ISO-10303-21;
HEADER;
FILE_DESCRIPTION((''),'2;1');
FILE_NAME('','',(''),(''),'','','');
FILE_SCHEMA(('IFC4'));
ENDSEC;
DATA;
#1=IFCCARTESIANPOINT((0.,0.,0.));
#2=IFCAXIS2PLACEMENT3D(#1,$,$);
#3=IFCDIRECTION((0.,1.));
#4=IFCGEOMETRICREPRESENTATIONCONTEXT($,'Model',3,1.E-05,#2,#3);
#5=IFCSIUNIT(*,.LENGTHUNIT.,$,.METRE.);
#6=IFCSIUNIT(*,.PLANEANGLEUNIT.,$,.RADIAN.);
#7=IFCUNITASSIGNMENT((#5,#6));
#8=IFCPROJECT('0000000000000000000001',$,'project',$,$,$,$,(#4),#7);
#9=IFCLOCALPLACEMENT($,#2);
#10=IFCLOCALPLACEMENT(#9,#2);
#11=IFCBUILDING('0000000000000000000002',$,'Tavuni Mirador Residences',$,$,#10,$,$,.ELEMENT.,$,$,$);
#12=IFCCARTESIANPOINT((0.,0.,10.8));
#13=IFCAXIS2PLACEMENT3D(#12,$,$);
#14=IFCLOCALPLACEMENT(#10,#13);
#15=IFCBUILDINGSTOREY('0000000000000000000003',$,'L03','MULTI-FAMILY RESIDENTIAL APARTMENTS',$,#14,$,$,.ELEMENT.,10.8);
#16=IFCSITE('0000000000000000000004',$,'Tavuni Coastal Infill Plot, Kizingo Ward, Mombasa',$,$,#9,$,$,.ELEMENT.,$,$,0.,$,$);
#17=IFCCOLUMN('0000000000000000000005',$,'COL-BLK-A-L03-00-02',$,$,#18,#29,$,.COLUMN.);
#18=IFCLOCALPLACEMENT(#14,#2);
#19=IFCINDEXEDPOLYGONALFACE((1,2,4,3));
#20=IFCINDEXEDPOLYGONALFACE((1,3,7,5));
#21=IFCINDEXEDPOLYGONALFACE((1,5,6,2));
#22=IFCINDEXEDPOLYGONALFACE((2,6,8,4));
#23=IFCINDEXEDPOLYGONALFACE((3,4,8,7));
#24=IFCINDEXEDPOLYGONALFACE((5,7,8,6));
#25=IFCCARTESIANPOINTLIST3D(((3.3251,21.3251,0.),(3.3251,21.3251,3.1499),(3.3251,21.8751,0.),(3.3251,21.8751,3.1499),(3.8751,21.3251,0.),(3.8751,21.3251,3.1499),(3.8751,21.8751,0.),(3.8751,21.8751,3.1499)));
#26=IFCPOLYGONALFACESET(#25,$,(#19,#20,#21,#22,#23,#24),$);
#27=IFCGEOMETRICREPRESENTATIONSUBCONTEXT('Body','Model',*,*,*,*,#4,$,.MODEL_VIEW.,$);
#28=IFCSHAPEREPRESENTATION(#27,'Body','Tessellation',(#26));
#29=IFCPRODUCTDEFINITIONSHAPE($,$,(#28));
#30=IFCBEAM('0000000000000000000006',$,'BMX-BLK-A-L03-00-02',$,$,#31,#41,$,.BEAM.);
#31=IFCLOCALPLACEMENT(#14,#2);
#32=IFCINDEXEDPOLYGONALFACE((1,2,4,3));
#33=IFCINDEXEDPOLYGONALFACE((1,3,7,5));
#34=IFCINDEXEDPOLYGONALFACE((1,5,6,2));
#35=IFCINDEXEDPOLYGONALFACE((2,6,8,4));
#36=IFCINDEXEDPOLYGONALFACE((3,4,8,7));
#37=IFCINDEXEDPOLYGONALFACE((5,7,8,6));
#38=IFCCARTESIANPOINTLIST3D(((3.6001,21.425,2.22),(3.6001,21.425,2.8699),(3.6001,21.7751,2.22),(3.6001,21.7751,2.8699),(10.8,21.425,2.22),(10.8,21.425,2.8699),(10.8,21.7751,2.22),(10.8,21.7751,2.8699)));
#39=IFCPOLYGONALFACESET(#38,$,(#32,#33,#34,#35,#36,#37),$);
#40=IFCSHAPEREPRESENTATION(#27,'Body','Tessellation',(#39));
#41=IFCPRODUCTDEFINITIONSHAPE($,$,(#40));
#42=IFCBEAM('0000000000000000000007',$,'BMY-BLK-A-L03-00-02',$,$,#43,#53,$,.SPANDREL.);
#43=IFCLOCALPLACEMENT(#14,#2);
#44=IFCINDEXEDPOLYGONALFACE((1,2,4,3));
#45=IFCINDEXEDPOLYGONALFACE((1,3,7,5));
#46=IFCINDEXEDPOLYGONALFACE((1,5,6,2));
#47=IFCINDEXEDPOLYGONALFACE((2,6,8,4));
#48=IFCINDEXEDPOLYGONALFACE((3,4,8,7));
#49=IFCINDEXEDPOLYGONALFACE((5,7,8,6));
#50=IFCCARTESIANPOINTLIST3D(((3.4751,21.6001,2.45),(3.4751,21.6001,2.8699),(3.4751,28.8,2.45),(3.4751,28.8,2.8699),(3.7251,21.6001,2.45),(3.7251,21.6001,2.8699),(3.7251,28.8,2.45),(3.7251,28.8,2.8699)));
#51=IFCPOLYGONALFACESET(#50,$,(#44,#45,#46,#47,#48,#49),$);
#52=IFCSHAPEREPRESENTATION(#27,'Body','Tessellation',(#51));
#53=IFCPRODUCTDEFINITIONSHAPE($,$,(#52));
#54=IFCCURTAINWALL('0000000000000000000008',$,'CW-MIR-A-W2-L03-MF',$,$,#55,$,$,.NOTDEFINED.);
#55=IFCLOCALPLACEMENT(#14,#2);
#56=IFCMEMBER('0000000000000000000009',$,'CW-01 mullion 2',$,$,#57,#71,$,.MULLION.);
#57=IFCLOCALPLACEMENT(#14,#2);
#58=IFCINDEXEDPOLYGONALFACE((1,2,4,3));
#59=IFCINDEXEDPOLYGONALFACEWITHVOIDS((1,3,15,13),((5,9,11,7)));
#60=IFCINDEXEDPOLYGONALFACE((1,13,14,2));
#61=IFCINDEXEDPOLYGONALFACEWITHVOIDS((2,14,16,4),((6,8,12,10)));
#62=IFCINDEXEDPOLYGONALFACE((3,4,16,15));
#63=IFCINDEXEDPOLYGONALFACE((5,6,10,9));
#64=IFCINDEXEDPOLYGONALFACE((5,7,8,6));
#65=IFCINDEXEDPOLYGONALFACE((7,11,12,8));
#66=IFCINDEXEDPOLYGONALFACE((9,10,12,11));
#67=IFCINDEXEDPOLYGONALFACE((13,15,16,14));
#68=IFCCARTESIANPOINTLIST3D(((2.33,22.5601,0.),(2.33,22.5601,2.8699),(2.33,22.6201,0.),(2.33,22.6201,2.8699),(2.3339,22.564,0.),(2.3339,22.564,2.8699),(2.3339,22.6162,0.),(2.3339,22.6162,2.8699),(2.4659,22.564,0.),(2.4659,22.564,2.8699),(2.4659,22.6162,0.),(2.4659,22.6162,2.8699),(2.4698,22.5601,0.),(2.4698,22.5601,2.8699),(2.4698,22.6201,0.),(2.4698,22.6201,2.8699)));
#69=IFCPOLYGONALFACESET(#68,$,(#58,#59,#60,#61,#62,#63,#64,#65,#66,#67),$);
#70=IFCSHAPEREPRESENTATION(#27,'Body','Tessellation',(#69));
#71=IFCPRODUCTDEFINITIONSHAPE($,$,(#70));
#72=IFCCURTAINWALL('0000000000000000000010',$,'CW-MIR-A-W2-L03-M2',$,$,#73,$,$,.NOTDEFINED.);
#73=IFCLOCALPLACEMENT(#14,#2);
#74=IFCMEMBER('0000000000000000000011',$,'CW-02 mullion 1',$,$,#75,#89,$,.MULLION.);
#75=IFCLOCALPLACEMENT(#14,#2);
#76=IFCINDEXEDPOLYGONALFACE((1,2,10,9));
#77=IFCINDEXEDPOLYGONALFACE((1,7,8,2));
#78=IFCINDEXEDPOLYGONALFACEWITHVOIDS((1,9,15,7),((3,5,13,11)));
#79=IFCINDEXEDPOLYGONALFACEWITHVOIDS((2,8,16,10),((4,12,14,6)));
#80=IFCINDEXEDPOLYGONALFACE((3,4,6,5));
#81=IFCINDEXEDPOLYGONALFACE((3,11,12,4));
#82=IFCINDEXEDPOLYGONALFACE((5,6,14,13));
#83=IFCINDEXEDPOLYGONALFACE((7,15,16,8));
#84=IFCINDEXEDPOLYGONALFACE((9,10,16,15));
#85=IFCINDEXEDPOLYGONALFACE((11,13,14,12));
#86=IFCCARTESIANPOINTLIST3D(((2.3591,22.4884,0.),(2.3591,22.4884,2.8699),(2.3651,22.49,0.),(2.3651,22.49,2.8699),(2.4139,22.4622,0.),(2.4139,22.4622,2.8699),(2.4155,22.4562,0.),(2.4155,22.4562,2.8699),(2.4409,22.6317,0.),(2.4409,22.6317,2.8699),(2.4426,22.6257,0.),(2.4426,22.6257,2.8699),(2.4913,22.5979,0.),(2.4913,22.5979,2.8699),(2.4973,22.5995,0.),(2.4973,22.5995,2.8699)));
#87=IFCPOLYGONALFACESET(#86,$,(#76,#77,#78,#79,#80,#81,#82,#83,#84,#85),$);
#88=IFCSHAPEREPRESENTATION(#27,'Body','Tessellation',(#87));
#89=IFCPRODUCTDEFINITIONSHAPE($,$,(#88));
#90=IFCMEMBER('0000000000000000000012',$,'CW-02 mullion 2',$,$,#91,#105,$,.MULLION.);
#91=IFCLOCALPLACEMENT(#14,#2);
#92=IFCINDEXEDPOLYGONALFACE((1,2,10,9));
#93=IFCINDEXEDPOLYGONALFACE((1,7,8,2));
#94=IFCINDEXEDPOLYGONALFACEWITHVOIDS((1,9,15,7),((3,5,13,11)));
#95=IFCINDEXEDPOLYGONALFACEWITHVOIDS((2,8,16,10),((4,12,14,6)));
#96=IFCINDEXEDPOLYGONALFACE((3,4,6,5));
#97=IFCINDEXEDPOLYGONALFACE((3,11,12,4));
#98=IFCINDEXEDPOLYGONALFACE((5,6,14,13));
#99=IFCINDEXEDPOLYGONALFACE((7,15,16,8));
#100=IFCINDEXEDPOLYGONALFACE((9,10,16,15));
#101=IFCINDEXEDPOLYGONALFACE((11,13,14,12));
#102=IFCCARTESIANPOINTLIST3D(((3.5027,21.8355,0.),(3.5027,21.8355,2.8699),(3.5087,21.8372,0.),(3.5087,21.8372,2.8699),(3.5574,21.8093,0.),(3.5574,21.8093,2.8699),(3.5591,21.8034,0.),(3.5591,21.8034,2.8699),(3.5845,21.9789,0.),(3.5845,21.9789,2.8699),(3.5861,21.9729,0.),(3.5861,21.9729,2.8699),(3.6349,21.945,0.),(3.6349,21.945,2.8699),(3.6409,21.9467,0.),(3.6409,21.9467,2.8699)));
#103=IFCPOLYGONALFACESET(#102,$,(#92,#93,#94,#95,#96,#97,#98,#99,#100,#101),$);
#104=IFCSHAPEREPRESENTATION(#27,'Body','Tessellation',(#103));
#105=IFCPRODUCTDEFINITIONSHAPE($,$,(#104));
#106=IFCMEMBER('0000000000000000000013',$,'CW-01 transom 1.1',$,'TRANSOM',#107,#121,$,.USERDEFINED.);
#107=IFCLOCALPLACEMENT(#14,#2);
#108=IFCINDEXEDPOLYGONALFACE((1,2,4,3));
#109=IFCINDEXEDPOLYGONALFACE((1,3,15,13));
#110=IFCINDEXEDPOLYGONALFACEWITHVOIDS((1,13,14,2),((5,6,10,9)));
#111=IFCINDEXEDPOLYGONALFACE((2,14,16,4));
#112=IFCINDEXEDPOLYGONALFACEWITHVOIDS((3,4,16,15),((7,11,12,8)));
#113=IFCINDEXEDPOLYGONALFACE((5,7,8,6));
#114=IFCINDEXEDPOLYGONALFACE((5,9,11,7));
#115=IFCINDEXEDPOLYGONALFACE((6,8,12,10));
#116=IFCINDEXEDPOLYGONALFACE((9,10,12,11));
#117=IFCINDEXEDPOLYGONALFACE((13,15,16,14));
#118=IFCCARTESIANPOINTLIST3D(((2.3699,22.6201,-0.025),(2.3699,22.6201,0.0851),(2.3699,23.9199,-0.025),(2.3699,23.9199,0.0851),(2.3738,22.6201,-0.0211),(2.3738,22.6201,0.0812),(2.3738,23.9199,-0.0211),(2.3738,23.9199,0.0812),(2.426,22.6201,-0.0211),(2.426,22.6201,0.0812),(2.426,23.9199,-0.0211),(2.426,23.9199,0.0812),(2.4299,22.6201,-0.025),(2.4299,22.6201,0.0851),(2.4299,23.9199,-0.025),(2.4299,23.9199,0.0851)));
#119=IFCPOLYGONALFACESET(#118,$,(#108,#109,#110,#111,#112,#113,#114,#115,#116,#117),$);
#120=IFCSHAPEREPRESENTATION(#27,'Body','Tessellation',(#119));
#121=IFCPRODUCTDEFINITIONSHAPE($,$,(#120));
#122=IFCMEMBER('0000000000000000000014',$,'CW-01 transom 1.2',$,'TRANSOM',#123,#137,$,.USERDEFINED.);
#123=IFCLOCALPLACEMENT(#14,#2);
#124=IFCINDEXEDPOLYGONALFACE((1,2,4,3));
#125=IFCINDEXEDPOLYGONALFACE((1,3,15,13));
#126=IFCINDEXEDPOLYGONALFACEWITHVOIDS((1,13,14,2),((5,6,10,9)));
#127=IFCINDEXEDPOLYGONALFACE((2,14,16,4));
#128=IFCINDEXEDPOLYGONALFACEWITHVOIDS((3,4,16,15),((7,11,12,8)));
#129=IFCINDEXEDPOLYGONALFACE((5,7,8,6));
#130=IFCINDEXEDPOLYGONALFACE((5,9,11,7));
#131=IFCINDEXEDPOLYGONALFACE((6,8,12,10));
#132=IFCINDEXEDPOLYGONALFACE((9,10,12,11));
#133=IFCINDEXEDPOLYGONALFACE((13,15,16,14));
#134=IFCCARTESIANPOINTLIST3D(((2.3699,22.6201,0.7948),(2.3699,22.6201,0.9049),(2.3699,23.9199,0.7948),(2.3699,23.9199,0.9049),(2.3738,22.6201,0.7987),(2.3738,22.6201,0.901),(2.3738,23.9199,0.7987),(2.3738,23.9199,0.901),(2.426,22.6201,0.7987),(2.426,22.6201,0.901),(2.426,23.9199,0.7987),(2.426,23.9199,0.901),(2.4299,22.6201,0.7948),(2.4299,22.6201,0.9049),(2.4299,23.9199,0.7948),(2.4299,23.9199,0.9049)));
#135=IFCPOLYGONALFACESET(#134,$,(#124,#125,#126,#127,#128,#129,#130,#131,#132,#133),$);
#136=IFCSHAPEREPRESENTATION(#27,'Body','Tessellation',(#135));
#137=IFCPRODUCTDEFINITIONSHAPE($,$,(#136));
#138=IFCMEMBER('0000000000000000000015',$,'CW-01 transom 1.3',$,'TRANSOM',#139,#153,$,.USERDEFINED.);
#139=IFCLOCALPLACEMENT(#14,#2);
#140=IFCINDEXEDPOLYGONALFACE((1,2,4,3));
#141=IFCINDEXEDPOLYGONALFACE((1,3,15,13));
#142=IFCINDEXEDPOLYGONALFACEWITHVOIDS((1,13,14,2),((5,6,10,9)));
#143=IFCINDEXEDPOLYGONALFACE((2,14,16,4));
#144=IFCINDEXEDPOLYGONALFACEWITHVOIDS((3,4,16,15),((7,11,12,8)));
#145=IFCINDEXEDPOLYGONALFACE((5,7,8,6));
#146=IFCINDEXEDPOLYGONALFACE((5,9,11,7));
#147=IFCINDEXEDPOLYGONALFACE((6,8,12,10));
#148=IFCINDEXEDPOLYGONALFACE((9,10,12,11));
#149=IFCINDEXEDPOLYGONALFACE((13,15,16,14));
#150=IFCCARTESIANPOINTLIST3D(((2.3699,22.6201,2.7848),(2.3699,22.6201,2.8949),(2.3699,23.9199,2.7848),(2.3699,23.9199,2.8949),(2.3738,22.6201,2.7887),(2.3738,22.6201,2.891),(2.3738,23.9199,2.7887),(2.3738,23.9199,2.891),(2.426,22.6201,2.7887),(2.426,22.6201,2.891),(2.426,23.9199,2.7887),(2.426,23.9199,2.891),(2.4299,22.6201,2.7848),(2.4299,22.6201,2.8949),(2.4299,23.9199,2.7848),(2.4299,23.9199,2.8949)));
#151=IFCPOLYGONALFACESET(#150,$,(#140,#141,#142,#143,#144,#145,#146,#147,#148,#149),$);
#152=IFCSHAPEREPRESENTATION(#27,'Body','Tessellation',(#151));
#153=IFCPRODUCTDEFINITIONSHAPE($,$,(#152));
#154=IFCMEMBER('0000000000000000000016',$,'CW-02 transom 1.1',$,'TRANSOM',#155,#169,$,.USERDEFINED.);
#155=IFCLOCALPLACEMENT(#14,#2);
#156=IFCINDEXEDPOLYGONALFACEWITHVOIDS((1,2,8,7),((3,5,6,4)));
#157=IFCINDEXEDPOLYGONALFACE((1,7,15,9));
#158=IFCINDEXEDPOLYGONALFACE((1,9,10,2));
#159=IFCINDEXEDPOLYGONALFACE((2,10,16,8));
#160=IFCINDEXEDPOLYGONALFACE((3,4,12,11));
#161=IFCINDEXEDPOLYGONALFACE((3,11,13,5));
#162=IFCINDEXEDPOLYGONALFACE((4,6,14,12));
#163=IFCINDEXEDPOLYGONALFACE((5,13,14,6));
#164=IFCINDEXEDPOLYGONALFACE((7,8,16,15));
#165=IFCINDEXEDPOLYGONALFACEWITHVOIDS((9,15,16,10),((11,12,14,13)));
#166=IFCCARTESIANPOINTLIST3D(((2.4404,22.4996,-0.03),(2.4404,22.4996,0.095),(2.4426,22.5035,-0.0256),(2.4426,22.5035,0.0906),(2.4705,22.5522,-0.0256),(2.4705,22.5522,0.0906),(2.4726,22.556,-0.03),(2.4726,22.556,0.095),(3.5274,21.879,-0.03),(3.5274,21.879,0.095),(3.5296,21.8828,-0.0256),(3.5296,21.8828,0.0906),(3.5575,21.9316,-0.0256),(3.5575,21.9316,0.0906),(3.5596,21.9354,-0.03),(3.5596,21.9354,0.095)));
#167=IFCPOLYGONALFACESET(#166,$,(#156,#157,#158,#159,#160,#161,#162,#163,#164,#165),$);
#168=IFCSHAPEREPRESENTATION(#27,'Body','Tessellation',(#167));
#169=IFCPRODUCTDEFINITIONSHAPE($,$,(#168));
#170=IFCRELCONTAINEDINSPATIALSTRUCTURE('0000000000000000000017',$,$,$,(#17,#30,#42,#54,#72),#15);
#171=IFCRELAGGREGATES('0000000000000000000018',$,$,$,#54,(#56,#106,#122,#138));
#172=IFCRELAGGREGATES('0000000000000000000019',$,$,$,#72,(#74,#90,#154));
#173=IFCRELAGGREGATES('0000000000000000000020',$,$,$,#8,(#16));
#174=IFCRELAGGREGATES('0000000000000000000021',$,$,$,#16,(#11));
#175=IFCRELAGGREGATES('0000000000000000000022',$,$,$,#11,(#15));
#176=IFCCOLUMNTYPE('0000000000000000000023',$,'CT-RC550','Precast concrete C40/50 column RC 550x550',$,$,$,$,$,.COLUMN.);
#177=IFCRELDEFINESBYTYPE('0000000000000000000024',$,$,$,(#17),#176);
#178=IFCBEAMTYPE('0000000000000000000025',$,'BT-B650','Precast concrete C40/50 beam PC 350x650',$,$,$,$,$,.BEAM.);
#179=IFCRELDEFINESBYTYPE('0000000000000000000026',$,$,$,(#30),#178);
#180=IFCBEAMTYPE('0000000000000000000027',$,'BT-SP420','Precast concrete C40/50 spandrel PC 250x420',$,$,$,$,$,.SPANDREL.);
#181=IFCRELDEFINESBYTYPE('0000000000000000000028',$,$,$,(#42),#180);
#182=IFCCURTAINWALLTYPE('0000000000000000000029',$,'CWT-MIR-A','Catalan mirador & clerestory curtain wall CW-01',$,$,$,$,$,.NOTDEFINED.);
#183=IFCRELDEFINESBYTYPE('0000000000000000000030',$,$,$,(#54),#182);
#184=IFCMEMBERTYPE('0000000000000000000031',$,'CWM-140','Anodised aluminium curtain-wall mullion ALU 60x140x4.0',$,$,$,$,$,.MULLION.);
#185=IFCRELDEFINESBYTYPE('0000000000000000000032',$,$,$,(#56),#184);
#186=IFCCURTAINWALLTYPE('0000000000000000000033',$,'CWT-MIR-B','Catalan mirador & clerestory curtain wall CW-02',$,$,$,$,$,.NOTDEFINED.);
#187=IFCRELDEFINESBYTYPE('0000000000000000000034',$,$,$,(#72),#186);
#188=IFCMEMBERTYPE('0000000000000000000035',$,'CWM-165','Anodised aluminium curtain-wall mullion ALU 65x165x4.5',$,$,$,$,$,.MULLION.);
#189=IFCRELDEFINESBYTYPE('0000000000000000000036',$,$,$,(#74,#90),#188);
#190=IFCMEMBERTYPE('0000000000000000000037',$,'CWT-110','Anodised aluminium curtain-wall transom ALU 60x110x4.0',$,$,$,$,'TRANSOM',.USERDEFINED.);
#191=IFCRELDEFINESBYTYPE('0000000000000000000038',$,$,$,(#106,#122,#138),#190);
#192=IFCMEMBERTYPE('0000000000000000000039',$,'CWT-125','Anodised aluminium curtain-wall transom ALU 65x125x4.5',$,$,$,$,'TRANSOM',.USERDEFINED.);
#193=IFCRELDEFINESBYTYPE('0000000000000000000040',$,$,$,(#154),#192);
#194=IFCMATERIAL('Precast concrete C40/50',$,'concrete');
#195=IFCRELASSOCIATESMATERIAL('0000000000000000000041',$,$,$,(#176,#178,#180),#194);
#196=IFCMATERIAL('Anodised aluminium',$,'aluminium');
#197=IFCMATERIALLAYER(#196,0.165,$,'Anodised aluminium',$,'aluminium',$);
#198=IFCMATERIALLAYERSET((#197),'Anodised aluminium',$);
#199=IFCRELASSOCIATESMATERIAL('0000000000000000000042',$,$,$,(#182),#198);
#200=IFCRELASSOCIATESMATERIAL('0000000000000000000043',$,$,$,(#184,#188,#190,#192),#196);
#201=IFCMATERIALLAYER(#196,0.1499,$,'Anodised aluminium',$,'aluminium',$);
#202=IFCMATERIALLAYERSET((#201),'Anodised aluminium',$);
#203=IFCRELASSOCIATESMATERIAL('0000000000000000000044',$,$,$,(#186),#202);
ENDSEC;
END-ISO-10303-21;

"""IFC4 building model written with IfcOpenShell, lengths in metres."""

from ifc_helpers import new_model, si_unit, direction, frame, origin, origin_2d, place, context, subcontext, project, spatial, rectangle, hollow_rectangle, extrude, material, layer, layer_set, material_profile, profile_set, type_object, element, aggregate, save


model = new_model("IFC4")

# Units and contexts
model_context = context("Model", 3, precision=1e-05, world=origin(), true_north=direction((0.0, 1.0)))
body_context = subcontext(model_context, "Body", "Model", "MODEL_VIEW")
ifc_project = project(units=[si_unit("LENGTHUNIT", "METRE"), si_unit("PLANEANGLEUNIT", "RADIAN")], contexts=[model_context])

# Site, building, storey
site_placement = place(None, origin())
site = spatial("IfcSite", under=ifc_project, at=site_placement, Name="Tavuni Coastal Infill Plot, Kizingo Ward, Mombasa", CompositionType="ELEMENT", RefElevation=0.0)
building_placement = place(site_placement, origin())
building = spatial("IfcBuilding", under=site, at=building_placement, Name="Tavuni Mirador Residences", CompositionType="ELEMENT")
storey_placement = place(building_placement, frame((0.0, 0.0, 10.8)))
storey = spatial("IfcBuildingStorey", under=building, at=storey_placement, Name="L03", Description="MULTI-FAMILY RESIDENTIAL APARTMENTS", CompositionType="ELEMENT", Elevation=10.8)

# Column
ifc_material_1 = material(Name="Precast concrete C40/50", Category="concrete")
ifc_material_profile_1 = material_profile(ifc_material_1, rectangle(XDim=0.55, YDim=0.55, at=origin_2d()), Name="RC 550x550", Category="concrete")
ifc_profile_set_1 = profile_set([ifc_material_profile_1], Name="Precast concrete C40/50")
column_type = type_object("IfcColumnType", Name="CT-RC550", Description="Precast concrete C40/50 column RC 550x550", PredefinedType="COLUMN", material=ifc_profile_set_1)
column_placement = place(storey_placement, frame((3.6001, 21.6001, 0.0), z_axis=(0.0, 0.0, 1.0), x_axis=(1.0, 0.0, 0.0)))
element("IfcColumn", 1, at=column_placement, inside=storey, type_object=column_type, Name="COL-BLK-A-L03-00-02", PredefinedType="COLUMN", context=body_context, shape_type="SweptSolid", body=[
    extrude(rectangle(XDim=0.55, YDim=0.55, at=origin_2d()), origin(), (0.0, 0.0, 1.0), 3.1499),
])

# Beams
ifc_material_profile_2 = material_profile(ifc_material_1, rectangle(XDim=0.3501, YDim=0.6499, at=origin_2d()), Name="PC 350x650", Category="concrete")
ifc_profile_set_2 = profile_set([ifc_material_profile_2], Name="Precast concrete C40/50")
beam_type_1 = type_object("IfcBeamType", Name="BT-B650", Description="Precast concrete C40/50 beam PC 350x650", PredefinedType="BEAM", material=ifc_profile_set_2)
beam_1_placement = place(storey_placement, frame((3.6001, 21.6001, 2.5449), z_axis=(1.0, 0.0, 0.0), x_axis=(0.0, 1.0, 0.0)))
element("IfcBeam", 2, at=beam_1_placement, inside=storey, type_object=beam_type_1, Name="BMX-BLK-A-L03-00-02", PredefinedType="BEAM", context=body_context, shape_type="SweptSolid", body=[
    extrude(rectangle(XDim=0.3501, YDim=0.6499, at=origin_2d()), origin(), (0.0, 0.0, 1.0), 7.2),
])
ifc_material_profile_3 = material_profile(ifc_material_1, rectangle(XDim=0.25, YDim=0.4199, at=origin_2d()), Name="PC 250x420", Category="concrete")
ifc_profile_set_3 = profile_set([ifc_material_profile_3], Name="Precast concrete C40/50")
beam_type_2 = type_object("IfcBeamType", Name="BT-SP420", Description="Precast concrete C40/50 spandrel PC 250x420", PredefinedType="SPANDREL", material=ifc_profile_set_3)
beam_2_placement = place(storey_placement, frame((3.6001, 21.6001, 2.6599), z_axis=(0.0, 1.0, 0.0), x_axis=(-1.0, 0.0, 0.0)))
element("IfcBeam", 3, at=beam_2_placement, inside=storey, type_object=beam_type_2, Name="BMY-BLK-A-L03-00-02", PredefinedType="SPANDREL", context=body_context, shape_type="SweptSolid", body=[
    extrude(rectangle(XDim=0.25, YDim=0.4199, at=origin_2d()), origin(), (0.0, 0.0, 1.0), 7.2),
])

# Curtain wall, member
ifc_material_2 = material(Name="Anodised aluminium", Category="aluminium")
ifc_layer_1 = layer(ifc_material_2, 0.165, Name="Anodised aluminium", Category="aluminium")
ifc_layer_set_1 = layer_set([ifc_layer_1], Name="Anodised aluminium")
curtain_wall_type_1 = type_object("IfcCurtainWallType", Name="CWT-MIR-A", Description="Catalan mirador & clerestory curtain wall CW-01", PredefinedType="NOTDEFINED", material=ifc_layer_set_1)
curtain_wall_1_placement = place(storey_placement, origin())
curtain_wall_1 = element("IfcCurtainWall", 4, at=curtain_wall_1_placement, inside=storey, type_object=curtain_wall_type_1, Name="CW-MIR-A-W2-L03-MF", PredefinedType="NOTDEFINED")
ifc_material_profile_4 = material_profile(ifc_material_2, hollow_rectangle(XDim=0.0601, YDim=0.1399, WallThickness=0.0039, at=origin_2d()), Name="ALU 60x140x4.0", Category="aluminium")
ifc_profile_set_4 = profile_set([ifc_material_profile_4], Name="Anodised aluminium")
member_type_1 = type_object("IfcMemberType", Name="CWM-140", Description="Anodised aluminium curtain-wall mullion ALU 60x140x4.0", PredefinedType="MULLION", material=ifc_profile_set_4)
member_1_placement = place(storey_placement, frame((2.3999, 22.5901, 0.0), z_axis=(0.0, 0.0, 1.0), x_axis=(0.0, -1.0, 0.0)))
member_1 = element("IfcMember", 5, at=member_1_placement, type_object=member_type_1, Name="CW-01 mullion 2", PredefinedType="MULLION", context=body_context, shape_type="SweptSolid", body=[
    extrude(hollow_rectangle(XDim=0.0601, YDim=0.1399, WallThickness=0.0039, at=origin_2d()), origin(), (0.0, 0.0, 1.0), 2.8699),
])

# Curtain wall, members
ifc_layer_2 = layer(ifc_material_2, 0.1499, Name="Anodised aluminium", Category="aluminium")
ifc_layer_set_2 = layer_set([ifc_layer_2], Name="Anodised aluminium")
curtain_wall_type_2 = type_object("IfcCurtainWallType", Name="CWT-MIR-B", Description="Catalan mirador & clerestory curtain wall CW-02", PredefinedType="NOTDEFINED", material=ifc_layer_set_2)
curtain_wall_2_placement = place(storey_placement, origin())
curtain_wall_2 = element("IfcCurtainWall", 6, at=curtain_wall_2_placement, inside=storey, type_object=curtain_wall_type_2, Name="CW-MIR-A-W2-L03-M2", PredefinedType="NOTDEFINED")
ifc_material_profile_5 = material_profile(ifc_material_2, hollow_rectangle(XDim=0.0649, YDim=0.165, WallThickness=0.0044, at=origin_2d()), Name="ALU 65x165x4.5", Category="aluminium")
ifc_profile_set_5 = profile_set([ifc_material_profile_5], Name="Anodised aluminium")
member_type_2 = type_object("IfcMemberType", Name="CWM-165", Description="Anodised aluminium curtain-wall mullion ALU 65x165x4.5", PredefinedType="MULLION", material=ifc_profile_set_5)
member_2_placement = place(storey_placement, frame((2.4282, 22.5439, 0.0), z_axis=(0.0, 0.0, 1.0), x_axis=(0.868466, -0.495749, 0.0)))
member_2 = element("IfcMember", 7, at=member_2_placement, type_object=member_type_2, Name="CW-02 mullion 1", PredefinedType="MULLION", context=body_context, shape_type="SweptSolid", body=[
    extrude(hollow_rectangle(XDim=0.0649, YDim=0.165, WallThickness=0.0044, at=origin_2d()), origin(), (0.0, 0.0, 1.0), 2.8699),
])
member_3_placement = place(storey_placement, frame((3.5718, 21.8911, 0.0), z_axis=(0.0, 0.0, 1.0), x_axis=(0.868466, -0.495749, 0.0)))
member_3 = element("IfcMember", 8, at=member_3_placement, type_object=member_type_2, Name="CW-02 mullion 2", PredefinedType="MULLION", context=body_context, shape_type="SweptSolid", body=[
    extrude(hollow_rectangle(XDim=0.0649, YDim=0.165, WallThickness=0.0044, at=origin_2d()), origin(), (0.0, 0.0, 1.0), 2.8699),
])

# Members
ifc_material_profile_6 = material_profile(ifc_material_2, hollow_rectangle(XDim=0.0601, YDim=0.1101, WallThickness=0.0039, at=origin_2d()), Name="ALU 60x110x4.0", Category="aluminium")
ifc_profile_set_6 = profile_set([ifc_material_profile_6], Name="Anodised aluminium")
member_type_3 = type_object("IfcMemberType", Name="CWT-110", Description="Anodised aluminium curtain-wall transom ALU 60x110x4.0", ElementType="TRANSOM", PredefinedType="USERDEFINED", material=ifc_profile_set_6)
member_4_placement = place(storey_placement, frame((2.3999, 23.9199, 0.03), z_axis=(0.0, -1.0, 0.0), x_axis=(1.0, 0.0, 0.0)))
member_4 = element("IfcMember", 9, at=member_4_placement, type_object=member_type_3, Name="CW-01 transom 1.1", ObjectType="TRANSOM", PredefinedType="USERDEFINED", context=body_context, shape_type="SweptSolid", body=[
    extrude(hollow_rectangle(XDim=0.0601, YDim=0.1101, WallThickness=0.0039, at=origin_2d()), origin(), (0.0, 0.0, 1.0), 1.2998),
])
member_5_placement = place(storey_placement, frame((2.3999, 23.9199, 0.8499), z_axis=(0.0, -1.0, 0.0), x_axis=(1.0, 0.0, 0.0)))
member_5 = element("IfcMember", 10, at=member_5_placement, type_object=member_type_3, Name="CW-01 transom 1.2", ObjectType="TRANSOM", PredefinedType="USERDEFINED", context=body_context, shape_type="SweptSolid", body=[
    extrude(hollow_rectangle(XDim=0.0601, YDim=0.1101, WallThickness=0.0039, at=origin_2d()), origin(), (0.0, 0.0, 1.0), 1.2998),
])
member_6_placement = place(storey_placement, frame((2.3999, 23.9199, 2.8398), z_axis=(0.0, -1.0, 0.0), x_axis=(1.0, 0.0, 0.0)))
member_6 = element("IfcMember", 11, at=member_6_placement, type_object=member_type_3, Name="CW-01 transom 1.3", ObjectType="TRANSOM", PredefinedType="USERDEFINED", context=body_context, shape_type="SweptSolid", body=[
    extrude(hollow_rectangle(XDim=0.0601, YDim=0.1101, WallThickness=0.0039, at=origin_2d()), origin(), (0.0, 0.0, 1.0), 1.2998),
])
ifc_material_profile_7 = material_profile(ifc_material_2, hollow_rectangle(XDim=0.0649, YDim=0.125, WallThickness=0.0044, at=origin_2d()), Name="ALU 65x125x4.5", Category="aluminium")
ifc_profile_set_7 = profile_set([ifc_material_profile_7], Name="Anodised aluminium")
member_type_4 = type_object("IfcMemberType", Name="CWT-125", Description="Anodised aluminium curtain-wall transom ALU 65x125x4.5", ElementType="TRANSOM", PredefinedType="USERDEFINED", material=ifc_profile_set_7)
member_7_placement = place(storey_placement, frame((2.4565, 22.5278, 0.0325), z_axis=(0.868411, -0.495845, 0.0), x_axis=(0.495845, 0.868411, 0.0)))
member_7 = element("IfcMember", 12, at=member_7_placement, type_object=member_type_4, Name="CW-02 transom 1.1", ObjectType="TRANSOM", PredefinedType="USERDEFINED", context=body_context, shape_type="SweptSolid", body=[
    extrude(hollow_rectangle(XDim=0.0649, YDim=0.125, WallThickness=0.0044, at=origin_2d()), origin(), (0.0, 0.0, 1.0), 1.2517),
])

aggregate(curtain_wall_1, [member_1, member_4, member_5, member_6])
aggregate(curtain_wall_2, [member_2, member_3, member_7])

save(model, "model.ifc")
